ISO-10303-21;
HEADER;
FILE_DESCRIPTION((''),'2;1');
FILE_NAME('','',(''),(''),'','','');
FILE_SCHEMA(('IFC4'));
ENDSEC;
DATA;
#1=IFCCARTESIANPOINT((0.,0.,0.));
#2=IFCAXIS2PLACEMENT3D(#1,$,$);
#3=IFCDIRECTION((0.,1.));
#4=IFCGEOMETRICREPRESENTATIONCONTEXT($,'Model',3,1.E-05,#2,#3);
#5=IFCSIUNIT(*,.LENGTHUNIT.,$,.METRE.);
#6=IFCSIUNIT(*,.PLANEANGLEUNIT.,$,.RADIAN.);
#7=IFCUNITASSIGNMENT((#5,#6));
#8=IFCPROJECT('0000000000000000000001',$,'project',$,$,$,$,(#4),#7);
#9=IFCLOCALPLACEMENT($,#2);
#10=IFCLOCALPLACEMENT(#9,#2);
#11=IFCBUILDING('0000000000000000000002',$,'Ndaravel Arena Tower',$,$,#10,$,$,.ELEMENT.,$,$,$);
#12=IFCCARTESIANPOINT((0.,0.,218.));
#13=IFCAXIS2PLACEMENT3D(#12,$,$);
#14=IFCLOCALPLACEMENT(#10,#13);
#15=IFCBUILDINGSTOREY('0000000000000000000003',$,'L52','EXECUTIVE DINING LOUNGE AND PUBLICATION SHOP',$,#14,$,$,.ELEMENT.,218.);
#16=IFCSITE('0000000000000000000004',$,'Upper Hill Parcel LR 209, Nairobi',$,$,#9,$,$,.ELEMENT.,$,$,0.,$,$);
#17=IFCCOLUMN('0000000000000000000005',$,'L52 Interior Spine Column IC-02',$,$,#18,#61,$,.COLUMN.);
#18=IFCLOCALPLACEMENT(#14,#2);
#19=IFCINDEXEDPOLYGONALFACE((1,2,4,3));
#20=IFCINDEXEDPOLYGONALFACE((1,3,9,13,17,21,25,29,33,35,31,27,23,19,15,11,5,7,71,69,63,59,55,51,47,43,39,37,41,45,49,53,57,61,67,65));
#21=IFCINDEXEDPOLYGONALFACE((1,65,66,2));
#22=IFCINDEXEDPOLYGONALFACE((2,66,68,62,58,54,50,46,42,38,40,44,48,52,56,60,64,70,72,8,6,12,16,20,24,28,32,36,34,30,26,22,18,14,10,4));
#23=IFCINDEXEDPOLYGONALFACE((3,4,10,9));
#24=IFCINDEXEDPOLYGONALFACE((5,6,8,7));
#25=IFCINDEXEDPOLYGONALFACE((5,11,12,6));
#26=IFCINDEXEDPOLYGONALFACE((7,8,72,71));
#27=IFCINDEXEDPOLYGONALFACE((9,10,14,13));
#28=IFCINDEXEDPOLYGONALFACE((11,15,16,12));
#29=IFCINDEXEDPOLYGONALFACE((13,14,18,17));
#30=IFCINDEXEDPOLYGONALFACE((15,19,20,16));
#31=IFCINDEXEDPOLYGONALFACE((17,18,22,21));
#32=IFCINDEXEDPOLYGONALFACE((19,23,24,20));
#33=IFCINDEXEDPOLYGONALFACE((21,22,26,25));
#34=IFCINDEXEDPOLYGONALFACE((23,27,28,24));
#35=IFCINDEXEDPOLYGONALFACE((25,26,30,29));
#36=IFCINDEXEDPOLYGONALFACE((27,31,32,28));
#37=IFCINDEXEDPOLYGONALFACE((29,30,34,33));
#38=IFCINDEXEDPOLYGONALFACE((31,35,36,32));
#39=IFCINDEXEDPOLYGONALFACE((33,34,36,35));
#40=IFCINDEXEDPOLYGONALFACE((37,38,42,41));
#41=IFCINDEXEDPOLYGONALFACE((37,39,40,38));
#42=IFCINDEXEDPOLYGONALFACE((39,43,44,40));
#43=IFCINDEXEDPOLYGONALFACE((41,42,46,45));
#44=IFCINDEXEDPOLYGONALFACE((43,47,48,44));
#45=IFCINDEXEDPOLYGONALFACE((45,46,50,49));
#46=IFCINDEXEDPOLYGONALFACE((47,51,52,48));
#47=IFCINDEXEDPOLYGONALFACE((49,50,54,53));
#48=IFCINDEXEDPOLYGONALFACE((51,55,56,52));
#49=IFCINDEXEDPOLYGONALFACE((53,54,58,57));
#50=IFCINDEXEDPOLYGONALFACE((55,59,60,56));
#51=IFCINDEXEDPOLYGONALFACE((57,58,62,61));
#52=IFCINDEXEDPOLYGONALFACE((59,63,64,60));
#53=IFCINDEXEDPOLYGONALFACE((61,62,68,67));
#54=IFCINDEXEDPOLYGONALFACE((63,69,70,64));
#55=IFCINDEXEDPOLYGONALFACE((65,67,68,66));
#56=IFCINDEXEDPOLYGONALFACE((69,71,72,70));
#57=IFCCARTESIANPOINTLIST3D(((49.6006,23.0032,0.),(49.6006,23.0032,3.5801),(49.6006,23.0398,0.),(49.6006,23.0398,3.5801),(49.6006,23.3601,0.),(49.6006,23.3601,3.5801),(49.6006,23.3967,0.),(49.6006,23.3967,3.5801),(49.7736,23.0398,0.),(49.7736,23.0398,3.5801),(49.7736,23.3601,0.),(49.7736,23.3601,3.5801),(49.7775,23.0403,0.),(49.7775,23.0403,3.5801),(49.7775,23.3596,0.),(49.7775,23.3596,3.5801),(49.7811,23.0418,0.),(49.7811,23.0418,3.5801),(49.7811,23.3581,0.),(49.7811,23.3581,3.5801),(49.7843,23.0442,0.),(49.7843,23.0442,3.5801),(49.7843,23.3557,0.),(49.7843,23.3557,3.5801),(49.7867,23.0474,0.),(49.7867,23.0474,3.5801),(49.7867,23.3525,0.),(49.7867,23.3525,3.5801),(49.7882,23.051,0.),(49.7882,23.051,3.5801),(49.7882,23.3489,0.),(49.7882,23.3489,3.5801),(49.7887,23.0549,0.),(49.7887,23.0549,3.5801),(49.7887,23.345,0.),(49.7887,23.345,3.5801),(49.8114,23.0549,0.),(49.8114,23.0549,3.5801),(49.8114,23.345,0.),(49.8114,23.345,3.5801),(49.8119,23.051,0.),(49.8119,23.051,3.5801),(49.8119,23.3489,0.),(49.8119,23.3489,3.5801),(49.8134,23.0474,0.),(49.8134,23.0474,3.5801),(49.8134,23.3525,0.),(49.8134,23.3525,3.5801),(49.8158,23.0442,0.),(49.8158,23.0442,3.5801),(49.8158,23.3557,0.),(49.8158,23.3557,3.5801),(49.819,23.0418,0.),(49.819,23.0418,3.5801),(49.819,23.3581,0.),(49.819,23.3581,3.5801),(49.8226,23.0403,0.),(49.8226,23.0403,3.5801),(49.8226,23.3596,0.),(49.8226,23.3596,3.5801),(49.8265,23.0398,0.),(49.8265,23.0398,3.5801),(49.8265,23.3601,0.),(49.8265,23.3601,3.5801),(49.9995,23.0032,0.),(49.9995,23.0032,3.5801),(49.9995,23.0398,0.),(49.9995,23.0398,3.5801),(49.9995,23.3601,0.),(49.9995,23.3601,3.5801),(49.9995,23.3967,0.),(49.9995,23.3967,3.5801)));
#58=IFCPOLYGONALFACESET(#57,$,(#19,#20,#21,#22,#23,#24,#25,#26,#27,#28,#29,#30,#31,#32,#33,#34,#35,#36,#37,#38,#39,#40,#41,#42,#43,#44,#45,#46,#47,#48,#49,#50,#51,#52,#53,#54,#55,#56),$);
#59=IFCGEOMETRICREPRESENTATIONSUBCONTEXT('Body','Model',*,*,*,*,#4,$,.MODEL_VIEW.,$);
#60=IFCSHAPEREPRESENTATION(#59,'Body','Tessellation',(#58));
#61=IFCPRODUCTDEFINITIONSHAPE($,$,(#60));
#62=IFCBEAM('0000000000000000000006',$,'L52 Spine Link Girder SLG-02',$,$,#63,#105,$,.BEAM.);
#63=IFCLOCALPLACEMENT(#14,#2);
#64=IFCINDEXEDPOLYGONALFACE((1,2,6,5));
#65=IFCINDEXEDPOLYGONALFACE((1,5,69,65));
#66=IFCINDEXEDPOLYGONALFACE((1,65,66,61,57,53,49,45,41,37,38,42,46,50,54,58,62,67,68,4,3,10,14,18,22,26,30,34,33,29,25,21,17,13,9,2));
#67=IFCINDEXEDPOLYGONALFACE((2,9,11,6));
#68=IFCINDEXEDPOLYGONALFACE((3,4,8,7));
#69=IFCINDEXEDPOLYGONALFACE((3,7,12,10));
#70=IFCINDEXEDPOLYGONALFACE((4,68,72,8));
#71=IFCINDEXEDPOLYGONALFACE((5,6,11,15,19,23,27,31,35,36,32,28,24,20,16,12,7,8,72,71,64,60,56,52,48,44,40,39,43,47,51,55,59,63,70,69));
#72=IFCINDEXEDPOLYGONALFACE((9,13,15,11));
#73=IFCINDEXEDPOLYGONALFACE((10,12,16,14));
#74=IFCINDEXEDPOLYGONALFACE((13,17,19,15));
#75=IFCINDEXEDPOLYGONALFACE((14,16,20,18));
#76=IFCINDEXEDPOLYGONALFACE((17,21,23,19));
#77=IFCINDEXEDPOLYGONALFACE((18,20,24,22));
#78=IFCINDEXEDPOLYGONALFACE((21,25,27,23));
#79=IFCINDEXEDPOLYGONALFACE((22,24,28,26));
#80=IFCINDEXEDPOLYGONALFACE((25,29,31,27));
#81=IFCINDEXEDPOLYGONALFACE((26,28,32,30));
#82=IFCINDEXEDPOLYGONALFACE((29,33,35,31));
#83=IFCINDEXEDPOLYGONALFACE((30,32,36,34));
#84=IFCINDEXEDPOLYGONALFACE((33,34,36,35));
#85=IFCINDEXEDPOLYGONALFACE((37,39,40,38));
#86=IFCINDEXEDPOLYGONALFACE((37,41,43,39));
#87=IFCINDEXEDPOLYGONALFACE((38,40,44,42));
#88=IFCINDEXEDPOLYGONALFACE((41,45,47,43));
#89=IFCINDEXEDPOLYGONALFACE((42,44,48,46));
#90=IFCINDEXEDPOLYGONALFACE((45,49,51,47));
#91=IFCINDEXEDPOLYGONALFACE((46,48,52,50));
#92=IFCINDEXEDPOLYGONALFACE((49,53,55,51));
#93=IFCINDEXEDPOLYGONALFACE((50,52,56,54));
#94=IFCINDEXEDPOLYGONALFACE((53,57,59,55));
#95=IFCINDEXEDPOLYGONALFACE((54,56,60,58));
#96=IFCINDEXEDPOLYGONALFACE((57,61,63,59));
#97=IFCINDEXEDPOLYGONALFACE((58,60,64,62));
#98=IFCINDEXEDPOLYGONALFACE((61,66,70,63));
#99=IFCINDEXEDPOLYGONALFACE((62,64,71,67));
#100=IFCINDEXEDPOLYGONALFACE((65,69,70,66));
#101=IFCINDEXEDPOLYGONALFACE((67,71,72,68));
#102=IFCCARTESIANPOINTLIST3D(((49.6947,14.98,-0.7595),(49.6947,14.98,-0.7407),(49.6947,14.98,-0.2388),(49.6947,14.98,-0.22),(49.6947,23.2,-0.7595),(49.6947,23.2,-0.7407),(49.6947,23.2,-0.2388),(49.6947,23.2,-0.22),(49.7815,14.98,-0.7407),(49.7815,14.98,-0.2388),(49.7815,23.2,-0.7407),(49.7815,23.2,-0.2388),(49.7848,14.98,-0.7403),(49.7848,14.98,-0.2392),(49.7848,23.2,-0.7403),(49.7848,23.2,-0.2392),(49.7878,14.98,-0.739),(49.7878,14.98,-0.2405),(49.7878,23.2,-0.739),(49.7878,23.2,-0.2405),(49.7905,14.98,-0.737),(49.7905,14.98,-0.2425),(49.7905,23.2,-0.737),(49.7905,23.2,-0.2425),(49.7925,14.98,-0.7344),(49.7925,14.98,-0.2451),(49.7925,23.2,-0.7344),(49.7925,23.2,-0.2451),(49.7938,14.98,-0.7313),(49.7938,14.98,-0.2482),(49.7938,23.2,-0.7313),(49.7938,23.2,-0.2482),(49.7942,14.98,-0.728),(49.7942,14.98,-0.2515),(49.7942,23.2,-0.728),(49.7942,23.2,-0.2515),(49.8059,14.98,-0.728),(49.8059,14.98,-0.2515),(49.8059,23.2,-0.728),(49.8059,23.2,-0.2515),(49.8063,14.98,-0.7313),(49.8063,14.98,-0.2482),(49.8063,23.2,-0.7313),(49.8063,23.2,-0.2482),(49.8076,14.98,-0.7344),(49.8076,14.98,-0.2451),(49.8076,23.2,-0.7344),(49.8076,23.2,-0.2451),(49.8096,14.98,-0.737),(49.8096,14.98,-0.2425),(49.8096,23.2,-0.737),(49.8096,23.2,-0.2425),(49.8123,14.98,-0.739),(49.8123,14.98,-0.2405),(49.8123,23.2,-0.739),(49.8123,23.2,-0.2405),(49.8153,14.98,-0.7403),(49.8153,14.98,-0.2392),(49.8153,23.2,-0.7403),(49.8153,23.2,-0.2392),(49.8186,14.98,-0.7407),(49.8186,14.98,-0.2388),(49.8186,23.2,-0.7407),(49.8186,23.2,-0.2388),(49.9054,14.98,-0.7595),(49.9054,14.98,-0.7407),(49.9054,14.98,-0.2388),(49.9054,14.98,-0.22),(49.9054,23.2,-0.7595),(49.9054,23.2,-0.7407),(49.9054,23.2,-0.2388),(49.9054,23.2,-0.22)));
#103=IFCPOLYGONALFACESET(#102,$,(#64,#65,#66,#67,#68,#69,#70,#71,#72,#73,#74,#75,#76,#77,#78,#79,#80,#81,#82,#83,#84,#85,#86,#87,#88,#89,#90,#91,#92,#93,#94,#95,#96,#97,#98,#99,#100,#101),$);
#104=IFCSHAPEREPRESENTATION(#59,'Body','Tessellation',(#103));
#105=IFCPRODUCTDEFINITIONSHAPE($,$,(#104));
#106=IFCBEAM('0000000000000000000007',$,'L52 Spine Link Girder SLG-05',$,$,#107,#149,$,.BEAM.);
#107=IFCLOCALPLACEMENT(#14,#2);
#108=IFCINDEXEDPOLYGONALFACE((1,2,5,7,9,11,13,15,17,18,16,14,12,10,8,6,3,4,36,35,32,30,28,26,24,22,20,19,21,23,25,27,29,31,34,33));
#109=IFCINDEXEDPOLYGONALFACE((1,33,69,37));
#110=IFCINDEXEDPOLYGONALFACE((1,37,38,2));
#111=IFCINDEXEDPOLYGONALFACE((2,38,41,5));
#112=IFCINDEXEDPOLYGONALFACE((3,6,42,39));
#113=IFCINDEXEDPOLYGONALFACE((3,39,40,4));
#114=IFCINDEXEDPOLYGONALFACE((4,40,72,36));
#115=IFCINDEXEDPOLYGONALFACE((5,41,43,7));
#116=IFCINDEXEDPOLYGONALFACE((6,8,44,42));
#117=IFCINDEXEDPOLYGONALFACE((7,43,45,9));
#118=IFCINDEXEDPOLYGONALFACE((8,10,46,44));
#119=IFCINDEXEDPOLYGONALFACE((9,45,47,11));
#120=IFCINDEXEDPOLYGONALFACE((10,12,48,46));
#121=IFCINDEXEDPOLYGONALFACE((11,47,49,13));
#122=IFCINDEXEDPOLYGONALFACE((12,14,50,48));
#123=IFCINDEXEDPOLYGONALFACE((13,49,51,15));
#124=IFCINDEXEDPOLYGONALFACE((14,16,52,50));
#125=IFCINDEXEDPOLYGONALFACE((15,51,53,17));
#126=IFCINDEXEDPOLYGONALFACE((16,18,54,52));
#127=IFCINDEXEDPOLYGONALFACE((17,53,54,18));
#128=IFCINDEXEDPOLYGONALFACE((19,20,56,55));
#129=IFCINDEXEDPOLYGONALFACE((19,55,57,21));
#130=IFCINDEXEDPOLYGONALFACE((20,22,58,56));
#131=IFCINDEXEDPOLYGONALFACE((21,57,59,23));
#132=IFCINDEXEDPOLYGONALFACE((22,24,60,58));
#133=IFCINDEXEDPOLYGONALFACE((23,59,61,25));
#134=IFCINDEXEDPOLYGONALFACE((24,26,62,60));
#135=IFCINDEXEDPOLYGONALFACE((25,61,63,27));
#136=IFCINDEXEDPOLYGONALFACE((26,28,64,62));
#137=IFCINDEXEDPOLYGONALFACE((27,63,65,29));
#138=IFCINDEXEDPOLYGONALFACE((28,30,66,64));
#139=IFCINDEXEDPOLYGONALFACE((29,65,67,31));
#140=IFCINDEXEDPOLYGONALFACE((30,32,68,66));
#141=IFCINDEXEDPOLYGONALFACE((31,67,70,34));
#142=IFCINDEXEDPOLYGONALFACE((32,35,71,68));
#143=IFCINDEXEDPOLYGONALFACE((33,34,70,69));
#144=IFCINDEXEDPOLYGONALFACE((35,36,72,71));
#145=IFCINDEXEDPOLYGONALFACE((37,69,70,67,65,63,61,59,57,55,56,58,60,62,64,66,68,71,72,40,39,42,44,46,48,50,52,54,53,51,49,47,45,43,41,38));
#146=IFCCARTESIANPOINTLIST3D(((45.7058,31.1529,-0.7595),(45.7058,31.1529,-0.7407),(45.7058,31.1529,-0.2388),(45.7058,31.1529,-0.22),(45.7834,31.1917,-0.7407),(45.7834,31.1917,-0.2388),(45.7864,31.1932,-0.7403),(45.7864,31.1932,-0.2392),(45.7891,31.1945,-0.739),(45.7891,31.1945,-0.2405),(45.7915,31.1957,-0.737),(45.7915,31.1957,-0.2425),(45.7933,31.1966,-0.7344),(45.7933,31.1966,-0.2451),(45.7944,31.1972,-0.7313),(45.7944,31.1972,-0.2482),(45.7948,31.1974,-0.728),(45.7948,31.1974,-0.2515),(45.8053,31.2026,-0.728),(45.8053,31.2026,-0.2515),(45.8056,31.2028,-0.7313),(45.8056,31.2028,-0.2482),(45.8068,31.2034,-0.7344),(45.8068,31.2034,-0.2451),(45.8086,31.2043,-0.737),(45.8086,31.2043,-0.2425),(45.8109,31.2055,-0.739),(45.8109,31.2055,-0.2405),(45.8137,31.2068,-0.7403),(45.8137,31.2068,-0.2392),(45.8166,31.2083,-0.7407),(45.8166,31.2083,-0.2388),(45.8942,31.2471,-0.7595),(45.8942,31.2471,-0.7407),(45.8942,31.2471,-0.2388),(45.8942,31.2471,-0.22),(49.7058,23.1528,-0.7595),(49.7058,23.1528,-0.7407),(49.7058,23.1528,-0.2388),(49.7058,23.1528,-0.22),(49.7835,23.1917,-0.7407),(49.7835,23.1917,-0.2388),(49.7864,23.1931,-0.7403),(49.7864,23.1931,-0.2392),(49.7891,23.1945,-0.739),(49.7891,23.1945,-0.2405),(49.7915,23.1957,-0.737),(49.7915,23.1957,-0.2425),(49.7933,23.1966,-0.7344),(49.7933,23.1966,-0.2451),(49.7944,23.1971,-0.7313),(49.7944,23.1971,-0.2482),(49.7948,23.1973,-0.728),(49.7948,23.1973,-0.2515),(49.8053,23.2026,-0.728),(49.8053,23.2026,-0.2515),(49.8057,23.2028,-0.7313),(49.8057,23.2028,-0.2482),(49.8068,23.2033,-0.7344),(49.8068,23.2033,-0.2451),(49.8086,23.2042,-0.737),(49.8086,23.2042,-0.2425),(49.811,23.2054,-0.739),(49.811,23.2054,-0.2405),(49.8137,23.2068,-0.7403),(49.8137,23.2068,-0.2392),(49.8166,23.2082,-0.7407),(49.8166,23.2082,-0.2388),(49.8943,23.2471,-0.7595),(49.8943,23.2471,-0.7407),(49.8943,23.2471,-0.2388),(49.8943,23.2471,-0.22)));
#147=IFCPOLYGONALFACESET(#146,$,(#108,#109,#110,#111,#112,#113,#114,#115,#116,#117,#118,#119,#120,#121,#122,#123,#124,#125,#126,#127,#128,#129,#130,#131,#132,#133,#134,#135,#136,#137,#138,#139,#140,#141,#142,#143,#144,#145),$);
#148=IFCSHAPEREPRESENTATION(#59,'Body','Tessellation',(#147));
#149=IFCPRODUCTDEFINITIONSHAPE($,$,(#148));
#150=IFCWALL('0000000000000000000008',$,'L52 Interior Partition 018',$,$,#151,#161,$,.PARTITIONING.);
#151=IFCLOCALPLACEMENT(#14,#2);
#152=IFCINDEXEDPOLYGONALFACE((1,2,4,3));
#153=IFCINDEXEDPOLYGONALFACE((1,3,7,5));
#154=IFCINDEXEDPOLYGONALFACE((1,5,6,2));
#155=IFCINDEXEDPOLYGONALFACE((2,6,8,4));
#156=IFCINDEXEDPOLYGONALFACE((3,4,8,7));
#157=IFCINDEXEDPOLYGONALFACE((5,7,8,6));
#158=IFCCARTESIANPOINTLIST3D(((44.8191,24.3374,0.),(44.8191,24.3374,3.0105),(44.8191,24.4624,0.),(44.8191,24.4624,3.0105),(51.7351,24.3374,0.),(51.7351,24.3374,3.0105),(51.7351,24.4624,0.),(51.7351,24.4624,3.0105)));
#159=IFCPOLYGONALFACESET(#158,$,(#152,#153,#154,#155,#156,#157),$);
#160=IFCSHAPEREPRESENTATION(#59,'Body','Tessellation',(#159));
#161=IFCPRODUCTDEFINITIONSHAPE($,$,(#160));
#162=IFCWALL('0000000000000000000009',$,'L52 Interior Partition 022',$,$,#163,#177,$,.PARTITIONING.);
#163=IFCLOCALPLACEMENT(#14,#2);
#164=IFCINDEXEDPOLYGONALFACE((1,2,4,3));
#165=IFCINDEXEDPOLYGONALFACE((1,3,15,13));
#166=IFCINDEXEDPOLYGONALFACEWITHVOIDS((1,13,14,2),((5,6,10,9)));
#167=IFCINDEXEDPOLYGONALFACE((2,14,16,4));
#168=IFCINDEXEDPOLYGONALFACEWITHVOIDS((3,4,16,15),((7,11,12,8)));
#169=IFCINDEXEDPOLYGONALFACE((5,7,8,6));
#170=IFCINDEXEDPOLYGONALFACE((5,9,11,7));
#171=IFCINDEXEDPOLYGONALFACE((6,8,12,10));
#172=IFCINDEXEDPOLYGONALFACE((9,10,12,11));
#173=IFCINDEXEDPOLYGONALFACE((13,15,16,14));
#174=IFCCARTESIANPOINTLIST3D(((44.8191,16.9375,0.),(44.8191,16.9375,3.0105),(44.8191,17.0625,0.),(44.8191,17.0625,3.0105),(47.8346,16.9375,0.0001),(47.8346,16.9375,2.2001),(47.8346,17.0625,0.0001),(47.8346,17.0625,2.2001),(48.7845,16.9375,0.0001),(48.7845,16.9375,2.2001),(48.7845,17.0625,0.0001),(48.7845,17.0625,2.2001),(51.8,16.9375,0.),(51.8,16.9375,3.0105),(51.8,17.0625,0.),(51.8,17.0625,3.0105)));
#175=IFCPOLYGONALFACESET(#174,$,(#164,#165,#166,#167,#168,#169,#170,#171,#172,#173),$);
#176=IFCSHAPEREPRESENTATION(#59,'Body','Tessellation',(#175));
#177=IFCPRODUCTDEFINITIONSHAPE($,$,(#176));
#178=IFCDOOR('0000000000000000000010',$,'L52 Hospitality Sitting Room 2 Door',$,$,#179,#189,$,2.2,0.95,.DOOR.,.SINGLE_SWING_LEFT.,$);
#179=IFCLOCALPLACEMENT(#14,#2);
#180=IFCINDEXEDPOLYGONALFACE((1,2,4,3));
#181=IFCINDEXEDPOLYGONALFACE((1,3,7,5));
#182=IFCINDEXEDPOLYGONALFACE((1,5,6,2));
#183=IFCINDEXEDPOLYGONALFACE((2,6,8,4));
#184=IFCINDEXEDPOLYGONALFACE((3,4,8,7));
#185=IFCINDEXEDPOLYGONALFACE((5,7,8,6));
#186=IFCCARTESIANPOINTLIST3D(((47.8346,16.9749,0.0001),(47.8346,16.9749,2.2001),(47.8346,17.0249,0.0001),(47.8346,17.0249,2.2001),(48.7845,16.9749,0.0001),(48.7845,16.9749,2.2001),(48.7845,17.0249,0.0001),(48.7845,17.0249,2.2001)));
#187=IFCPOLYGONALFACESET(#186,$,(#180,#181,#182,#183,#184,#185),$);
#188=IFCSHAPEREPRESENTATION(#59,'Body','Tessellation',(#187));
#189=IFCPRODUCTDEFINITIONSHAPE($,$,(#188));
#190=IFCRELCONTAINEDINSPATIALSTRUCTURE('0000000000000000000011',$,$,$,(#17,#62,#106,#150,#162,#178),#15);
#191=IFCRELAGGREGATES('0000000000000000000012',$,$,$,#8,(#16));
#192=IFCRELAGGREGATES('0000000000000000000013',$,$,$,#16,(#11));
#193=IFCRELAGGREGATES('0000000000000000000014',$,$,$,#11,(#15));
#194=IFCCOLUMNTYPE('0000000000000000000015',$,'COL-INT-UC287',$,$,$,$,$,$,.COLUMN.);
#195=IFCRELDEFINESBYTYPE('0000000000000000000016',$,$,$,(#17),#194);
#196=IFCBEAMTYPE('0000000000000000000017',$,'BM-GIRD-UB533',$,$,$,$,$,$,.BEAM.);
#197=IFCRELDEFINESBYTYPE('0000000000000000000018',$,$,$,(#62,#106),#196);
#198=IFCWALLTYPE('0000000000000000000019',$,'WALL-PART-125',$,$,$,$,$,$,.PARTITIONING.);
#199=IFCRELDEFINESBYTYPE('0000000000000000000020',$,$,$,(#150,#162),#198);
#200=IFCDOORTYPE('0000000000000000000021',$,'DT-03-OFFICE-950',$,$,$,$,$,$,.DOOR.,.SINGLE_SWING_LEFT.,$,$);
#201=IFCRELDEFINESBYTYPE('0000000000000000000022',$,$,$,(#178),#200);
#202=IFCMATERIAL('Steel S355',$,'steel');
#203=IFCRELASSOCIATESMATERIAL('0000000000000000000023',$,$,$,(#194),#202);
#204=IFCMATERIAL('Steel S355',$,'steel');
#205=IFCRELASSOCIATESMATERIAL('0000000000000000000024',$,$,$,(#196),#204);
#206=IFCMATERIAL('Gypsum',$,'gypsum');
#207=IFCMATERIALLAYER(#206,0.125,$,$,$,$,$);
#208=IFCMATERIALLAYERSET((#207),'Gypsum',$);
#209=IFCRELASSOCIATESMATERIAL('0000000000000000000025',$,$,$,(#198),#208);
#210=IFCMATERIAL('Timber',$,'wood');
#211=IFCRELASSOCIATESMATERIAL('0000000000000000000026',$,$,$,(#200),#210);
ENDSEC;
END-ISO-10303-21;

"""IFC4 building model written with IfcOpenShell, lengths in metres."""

from ifc_helpers import new_model, si_unit, direction, frame, frame_2d, origin, origin_2d, place, context, subcontext, project, spatial, rectangle, i_section, extrude, material, layer, layer_set, material_profile, profile_set, type_object, element, fill, save


model = new_model("IFC4")

# Units and contexts
model_context = context("Model", 3, precision=1e-05, world=origin(), true_north=direction((0.0, 1.0)))
body_context = subcontext(model_context, "Body", "Model", "MODEL_VIEW")
ifc_project = project(units=[si_unit("LENGTHUNIT", "METRE"), si_unit("PLANEANGLEUNIT", "RADIAN")], contexts=[model_context])

# Site, building, storey
site_placement = place(None, origin())
site = spatial("IfcSite", under=ifc_project, at=site_placement, Name="Upper Hill Parcel LR 209, Nairobi", CompositionType="ELEMENT", RefElevation=0.0)
building_placement = place(site_placement, origin())
building = spatial("IfcBuilding", under=site, at=building_placement, Name="Ndaravel Arena Tower", CompositionType="ELEMENT")
storey_placement = place(building_placement, frame((0.0, 0.0, 218.0)))
storey = spatial("IfcBuildingStorey", under=building, at=storey_placement, Name="L52", Description="EXECUTIVE DINING LOUNGE AND PUBLICATION SHOP", CompositionType="ELEMENT", Elevation=218.0)

# Column
ifc_material_1 = material(Name="Steel S355", Category="steel")
ifc_material_profile_1 = material_profile(ifc_material_1, i_section(OverallWidth=0.3989, OverallDepth=0.3936, WebThickness=0.0227, FlangeThickness=0.0366, FilletRadius=0.0151, at=origin_2d()), Name="UC 356x406x287")
ifc_profile_set_1 = profile_set([ifc_material_profile_1], Name="Steel S355")
column_type = type_object("IfcColumnType", Name="COL-INT-UC287", PredefinedType="COLUMN", material=ifc_profile_set_1)
column_placement = place(storey_placement, frame((49.8, 23.2, 0.0), z_axis=(0.0, 0.0, 1.0), x_axis=(1.0, 0.0, 0.0)))
element("IfcColumn", 1, at=column_placement, inside=storey, type_object=column_type, Name="L52 Interior Spine Column IC-02", PredefinedType="COLUMN", context=body_context, shape_type="SweptSolid", body=[
    extrude(i_section(OverallWidth=0.3989, OverallDepth=0.3936, WebThickness=0.0227, FlangeThickness=0.0366, FilletRadius=0.0151, at=origin_2d()), origin(), (0.0, 0.0, 1.0), 3.5801),
])

# Beams
ifc_material_2 = material(Name="Steel S355", Category="steel")
ifc_material_profile_2 = material_profile(ifc_material_2, i_section(OverallWidth=0.2107, OverallDepth=0.5396, WebThickness=0.0117, FlangeThickness=0.0188, FilletRadius=0.0127, at=origin_2d()), Name="UB 533x210x109")
ifc_profile_set_2 = profile_set([ifc_material_profile_2], Name="Steel S355")
beam_type = type_object("IfcBeamType", Name="BM-GIRD-UB533", PredefinedType="BEAM", material=ifc_profile_set_2)
beam_1_placement = place(storey_placement, frame((49.8, 14.98, -0.4897), z_axis=(0.0, 1.0, 0.0), x_axis=(-1.0, 0.0, 0.0)))
element("IfcBeam", 2, at=beam_1_placement, inside=storey, type_object=beam_type, Name="L52 Spine Link Girder SLG-02", PredefinedType="BEAM", context=body_context, shape_type="SweptSolid", body=[
    extrude(i_section(OverallWidth=0.2107, OverallDepth=0.5396, WebThickness=0.0117, FlangeThickness=0.0188, FilletRadius=0.0127, at=origin_2d()), origin(), (0.0, 0.0, 1.0), 8.22),
])
beam_2_placement = place(storey_placement, frame((49.8, 23.2, -0.4897), z_axis=(-0.447214, 0.894427, 0.0), x_axis=(-0.894427, -0.447214, 0.0)))
element("IfcBeam", 3, at=beam_2_placement, inside=storey, type_object=beam_type, Name="L52 Spine Link Girder SLG-05", PredefinedType="BEAM", context=body_context, shape_type="SweptSolid", body=[
    extrude(i_section(OverallWidth=0.2107, OverallDepth=0.5396, WebThickness=0.0117, FlangeThickness=0.0188, FilletRadius=0.0127, at=origin_2d()), origin(), (0.0, 0.0, 1.0), 8.9443),
])

# Wall
ifc_material_3 = material(Name="Gypsum", Category="gypsum")
ifc_layer_1 = layer(ifc_material_3, 0.125)
ifc_layer_set_1 = layer_set([ifc_layer_1], Name="Gypsum")
wall_type_1 = type_object("IfcWallType", Name="WALL-PART-125", PredefinedType="PARTITIONING", material=ifc_layer_set_1)
wall_1_placement = place(storey_placement, frame((51.7351, 24.3999, 0.0), z_axis=(0.0, 0.0, 1.0), x_axis=(-1.0, 0.0, 0.0)))
element("IfcWall", 4, at=wall_1_placement, inside=storey, type_object=wall_type_1, Name="L52 Interior Partition 018", PredefinedType="PARTITIONING", context=body_context, shape_type="SweptSolid", body=[
    extrude(rectangle(XDim=6.916, YDim=0.125, at=frame_2d((3.458, 0.0))), origin(), (0.0, 0.0, 1.0), 3.0105),
])

# Wall, opening, door
wall_2_placement = place(storey_placement, frame((44.8191, 17.0, 0.0), z_axis=(0.0, 0.0, 1.0), x_axis=(1.0, 0.0, 0.0)))
wall_2 = element("IfcWall", 5, at=wall_2_placement, inside=storey, type_object=wall_type_1, Name="L52 Interior Partition 022", PredefinedType="PARTITIONING", context=body_context, shape_type="SweptSolid", body=[
    extrude(rectangle(XDim=6.981, YDim=0.125, at=frame_2d((3.4905, 0.0))), origin(), (0.0, 0.0, 1.0), 3.0105),
])
opening_1_placement = place(wall_2_placement, frame((3.0154, 0.0, 0.0)))
opening_1 = element("IfcOpeningElement", 6, at=opening_1_placement, cuts=wall_2, PredefinedType="OPENING", context=body_context, shape_type="SweptSolid", body=[
    extrude(rectangle(XDim=0.95, YDim=2.2, at=frame_2d((0.4751, 1.1001))), frame((0.0, 0.0625, 0.0), z_axis=(0.0, -1.0, 0.0), x_axis=(1.0, 0.0, 0.0)), (0.0, 0.0, 1.0), 0.125),
])
ifc_material_4 = material(Name="Timber", Category="wood")
door_type_1 = type_object("IfcDoorType", Name="DT-03-OFFICE-950", OperationType="SINGLE_SWING_LEFT", PredefinedType="DOOR", material=ifc_material_4)
door_1_placement = place(opening_1_placement, origin())
door_1 = element("IfcDoor", 7, at=door_1_placement, inside=storey, type_object=door_type_1, Name="L52 Hospitality Sitting Room 2 Door", OperationType="SINGLE_SWING_LEFT", OverallHeight=2.2, OverallWidth=0.95, PredefinedType="DOOR", context=body_context, shape_type="SweptSolid", body=[
    extrude(rectangle(XDim=0.95, YDim=2.2, at=frame_2d((0.4751, 1.1001))), frame((0.0, 0.0249, 0.0), z_axis=(0.0, -1.0, 0.0), x_axis=(1.0, 0.0, 0.0)), (0.0, 0.0, 1.0), 0.05),
])
fill(opening_1, door_1)

save(model, "model.ifc")
